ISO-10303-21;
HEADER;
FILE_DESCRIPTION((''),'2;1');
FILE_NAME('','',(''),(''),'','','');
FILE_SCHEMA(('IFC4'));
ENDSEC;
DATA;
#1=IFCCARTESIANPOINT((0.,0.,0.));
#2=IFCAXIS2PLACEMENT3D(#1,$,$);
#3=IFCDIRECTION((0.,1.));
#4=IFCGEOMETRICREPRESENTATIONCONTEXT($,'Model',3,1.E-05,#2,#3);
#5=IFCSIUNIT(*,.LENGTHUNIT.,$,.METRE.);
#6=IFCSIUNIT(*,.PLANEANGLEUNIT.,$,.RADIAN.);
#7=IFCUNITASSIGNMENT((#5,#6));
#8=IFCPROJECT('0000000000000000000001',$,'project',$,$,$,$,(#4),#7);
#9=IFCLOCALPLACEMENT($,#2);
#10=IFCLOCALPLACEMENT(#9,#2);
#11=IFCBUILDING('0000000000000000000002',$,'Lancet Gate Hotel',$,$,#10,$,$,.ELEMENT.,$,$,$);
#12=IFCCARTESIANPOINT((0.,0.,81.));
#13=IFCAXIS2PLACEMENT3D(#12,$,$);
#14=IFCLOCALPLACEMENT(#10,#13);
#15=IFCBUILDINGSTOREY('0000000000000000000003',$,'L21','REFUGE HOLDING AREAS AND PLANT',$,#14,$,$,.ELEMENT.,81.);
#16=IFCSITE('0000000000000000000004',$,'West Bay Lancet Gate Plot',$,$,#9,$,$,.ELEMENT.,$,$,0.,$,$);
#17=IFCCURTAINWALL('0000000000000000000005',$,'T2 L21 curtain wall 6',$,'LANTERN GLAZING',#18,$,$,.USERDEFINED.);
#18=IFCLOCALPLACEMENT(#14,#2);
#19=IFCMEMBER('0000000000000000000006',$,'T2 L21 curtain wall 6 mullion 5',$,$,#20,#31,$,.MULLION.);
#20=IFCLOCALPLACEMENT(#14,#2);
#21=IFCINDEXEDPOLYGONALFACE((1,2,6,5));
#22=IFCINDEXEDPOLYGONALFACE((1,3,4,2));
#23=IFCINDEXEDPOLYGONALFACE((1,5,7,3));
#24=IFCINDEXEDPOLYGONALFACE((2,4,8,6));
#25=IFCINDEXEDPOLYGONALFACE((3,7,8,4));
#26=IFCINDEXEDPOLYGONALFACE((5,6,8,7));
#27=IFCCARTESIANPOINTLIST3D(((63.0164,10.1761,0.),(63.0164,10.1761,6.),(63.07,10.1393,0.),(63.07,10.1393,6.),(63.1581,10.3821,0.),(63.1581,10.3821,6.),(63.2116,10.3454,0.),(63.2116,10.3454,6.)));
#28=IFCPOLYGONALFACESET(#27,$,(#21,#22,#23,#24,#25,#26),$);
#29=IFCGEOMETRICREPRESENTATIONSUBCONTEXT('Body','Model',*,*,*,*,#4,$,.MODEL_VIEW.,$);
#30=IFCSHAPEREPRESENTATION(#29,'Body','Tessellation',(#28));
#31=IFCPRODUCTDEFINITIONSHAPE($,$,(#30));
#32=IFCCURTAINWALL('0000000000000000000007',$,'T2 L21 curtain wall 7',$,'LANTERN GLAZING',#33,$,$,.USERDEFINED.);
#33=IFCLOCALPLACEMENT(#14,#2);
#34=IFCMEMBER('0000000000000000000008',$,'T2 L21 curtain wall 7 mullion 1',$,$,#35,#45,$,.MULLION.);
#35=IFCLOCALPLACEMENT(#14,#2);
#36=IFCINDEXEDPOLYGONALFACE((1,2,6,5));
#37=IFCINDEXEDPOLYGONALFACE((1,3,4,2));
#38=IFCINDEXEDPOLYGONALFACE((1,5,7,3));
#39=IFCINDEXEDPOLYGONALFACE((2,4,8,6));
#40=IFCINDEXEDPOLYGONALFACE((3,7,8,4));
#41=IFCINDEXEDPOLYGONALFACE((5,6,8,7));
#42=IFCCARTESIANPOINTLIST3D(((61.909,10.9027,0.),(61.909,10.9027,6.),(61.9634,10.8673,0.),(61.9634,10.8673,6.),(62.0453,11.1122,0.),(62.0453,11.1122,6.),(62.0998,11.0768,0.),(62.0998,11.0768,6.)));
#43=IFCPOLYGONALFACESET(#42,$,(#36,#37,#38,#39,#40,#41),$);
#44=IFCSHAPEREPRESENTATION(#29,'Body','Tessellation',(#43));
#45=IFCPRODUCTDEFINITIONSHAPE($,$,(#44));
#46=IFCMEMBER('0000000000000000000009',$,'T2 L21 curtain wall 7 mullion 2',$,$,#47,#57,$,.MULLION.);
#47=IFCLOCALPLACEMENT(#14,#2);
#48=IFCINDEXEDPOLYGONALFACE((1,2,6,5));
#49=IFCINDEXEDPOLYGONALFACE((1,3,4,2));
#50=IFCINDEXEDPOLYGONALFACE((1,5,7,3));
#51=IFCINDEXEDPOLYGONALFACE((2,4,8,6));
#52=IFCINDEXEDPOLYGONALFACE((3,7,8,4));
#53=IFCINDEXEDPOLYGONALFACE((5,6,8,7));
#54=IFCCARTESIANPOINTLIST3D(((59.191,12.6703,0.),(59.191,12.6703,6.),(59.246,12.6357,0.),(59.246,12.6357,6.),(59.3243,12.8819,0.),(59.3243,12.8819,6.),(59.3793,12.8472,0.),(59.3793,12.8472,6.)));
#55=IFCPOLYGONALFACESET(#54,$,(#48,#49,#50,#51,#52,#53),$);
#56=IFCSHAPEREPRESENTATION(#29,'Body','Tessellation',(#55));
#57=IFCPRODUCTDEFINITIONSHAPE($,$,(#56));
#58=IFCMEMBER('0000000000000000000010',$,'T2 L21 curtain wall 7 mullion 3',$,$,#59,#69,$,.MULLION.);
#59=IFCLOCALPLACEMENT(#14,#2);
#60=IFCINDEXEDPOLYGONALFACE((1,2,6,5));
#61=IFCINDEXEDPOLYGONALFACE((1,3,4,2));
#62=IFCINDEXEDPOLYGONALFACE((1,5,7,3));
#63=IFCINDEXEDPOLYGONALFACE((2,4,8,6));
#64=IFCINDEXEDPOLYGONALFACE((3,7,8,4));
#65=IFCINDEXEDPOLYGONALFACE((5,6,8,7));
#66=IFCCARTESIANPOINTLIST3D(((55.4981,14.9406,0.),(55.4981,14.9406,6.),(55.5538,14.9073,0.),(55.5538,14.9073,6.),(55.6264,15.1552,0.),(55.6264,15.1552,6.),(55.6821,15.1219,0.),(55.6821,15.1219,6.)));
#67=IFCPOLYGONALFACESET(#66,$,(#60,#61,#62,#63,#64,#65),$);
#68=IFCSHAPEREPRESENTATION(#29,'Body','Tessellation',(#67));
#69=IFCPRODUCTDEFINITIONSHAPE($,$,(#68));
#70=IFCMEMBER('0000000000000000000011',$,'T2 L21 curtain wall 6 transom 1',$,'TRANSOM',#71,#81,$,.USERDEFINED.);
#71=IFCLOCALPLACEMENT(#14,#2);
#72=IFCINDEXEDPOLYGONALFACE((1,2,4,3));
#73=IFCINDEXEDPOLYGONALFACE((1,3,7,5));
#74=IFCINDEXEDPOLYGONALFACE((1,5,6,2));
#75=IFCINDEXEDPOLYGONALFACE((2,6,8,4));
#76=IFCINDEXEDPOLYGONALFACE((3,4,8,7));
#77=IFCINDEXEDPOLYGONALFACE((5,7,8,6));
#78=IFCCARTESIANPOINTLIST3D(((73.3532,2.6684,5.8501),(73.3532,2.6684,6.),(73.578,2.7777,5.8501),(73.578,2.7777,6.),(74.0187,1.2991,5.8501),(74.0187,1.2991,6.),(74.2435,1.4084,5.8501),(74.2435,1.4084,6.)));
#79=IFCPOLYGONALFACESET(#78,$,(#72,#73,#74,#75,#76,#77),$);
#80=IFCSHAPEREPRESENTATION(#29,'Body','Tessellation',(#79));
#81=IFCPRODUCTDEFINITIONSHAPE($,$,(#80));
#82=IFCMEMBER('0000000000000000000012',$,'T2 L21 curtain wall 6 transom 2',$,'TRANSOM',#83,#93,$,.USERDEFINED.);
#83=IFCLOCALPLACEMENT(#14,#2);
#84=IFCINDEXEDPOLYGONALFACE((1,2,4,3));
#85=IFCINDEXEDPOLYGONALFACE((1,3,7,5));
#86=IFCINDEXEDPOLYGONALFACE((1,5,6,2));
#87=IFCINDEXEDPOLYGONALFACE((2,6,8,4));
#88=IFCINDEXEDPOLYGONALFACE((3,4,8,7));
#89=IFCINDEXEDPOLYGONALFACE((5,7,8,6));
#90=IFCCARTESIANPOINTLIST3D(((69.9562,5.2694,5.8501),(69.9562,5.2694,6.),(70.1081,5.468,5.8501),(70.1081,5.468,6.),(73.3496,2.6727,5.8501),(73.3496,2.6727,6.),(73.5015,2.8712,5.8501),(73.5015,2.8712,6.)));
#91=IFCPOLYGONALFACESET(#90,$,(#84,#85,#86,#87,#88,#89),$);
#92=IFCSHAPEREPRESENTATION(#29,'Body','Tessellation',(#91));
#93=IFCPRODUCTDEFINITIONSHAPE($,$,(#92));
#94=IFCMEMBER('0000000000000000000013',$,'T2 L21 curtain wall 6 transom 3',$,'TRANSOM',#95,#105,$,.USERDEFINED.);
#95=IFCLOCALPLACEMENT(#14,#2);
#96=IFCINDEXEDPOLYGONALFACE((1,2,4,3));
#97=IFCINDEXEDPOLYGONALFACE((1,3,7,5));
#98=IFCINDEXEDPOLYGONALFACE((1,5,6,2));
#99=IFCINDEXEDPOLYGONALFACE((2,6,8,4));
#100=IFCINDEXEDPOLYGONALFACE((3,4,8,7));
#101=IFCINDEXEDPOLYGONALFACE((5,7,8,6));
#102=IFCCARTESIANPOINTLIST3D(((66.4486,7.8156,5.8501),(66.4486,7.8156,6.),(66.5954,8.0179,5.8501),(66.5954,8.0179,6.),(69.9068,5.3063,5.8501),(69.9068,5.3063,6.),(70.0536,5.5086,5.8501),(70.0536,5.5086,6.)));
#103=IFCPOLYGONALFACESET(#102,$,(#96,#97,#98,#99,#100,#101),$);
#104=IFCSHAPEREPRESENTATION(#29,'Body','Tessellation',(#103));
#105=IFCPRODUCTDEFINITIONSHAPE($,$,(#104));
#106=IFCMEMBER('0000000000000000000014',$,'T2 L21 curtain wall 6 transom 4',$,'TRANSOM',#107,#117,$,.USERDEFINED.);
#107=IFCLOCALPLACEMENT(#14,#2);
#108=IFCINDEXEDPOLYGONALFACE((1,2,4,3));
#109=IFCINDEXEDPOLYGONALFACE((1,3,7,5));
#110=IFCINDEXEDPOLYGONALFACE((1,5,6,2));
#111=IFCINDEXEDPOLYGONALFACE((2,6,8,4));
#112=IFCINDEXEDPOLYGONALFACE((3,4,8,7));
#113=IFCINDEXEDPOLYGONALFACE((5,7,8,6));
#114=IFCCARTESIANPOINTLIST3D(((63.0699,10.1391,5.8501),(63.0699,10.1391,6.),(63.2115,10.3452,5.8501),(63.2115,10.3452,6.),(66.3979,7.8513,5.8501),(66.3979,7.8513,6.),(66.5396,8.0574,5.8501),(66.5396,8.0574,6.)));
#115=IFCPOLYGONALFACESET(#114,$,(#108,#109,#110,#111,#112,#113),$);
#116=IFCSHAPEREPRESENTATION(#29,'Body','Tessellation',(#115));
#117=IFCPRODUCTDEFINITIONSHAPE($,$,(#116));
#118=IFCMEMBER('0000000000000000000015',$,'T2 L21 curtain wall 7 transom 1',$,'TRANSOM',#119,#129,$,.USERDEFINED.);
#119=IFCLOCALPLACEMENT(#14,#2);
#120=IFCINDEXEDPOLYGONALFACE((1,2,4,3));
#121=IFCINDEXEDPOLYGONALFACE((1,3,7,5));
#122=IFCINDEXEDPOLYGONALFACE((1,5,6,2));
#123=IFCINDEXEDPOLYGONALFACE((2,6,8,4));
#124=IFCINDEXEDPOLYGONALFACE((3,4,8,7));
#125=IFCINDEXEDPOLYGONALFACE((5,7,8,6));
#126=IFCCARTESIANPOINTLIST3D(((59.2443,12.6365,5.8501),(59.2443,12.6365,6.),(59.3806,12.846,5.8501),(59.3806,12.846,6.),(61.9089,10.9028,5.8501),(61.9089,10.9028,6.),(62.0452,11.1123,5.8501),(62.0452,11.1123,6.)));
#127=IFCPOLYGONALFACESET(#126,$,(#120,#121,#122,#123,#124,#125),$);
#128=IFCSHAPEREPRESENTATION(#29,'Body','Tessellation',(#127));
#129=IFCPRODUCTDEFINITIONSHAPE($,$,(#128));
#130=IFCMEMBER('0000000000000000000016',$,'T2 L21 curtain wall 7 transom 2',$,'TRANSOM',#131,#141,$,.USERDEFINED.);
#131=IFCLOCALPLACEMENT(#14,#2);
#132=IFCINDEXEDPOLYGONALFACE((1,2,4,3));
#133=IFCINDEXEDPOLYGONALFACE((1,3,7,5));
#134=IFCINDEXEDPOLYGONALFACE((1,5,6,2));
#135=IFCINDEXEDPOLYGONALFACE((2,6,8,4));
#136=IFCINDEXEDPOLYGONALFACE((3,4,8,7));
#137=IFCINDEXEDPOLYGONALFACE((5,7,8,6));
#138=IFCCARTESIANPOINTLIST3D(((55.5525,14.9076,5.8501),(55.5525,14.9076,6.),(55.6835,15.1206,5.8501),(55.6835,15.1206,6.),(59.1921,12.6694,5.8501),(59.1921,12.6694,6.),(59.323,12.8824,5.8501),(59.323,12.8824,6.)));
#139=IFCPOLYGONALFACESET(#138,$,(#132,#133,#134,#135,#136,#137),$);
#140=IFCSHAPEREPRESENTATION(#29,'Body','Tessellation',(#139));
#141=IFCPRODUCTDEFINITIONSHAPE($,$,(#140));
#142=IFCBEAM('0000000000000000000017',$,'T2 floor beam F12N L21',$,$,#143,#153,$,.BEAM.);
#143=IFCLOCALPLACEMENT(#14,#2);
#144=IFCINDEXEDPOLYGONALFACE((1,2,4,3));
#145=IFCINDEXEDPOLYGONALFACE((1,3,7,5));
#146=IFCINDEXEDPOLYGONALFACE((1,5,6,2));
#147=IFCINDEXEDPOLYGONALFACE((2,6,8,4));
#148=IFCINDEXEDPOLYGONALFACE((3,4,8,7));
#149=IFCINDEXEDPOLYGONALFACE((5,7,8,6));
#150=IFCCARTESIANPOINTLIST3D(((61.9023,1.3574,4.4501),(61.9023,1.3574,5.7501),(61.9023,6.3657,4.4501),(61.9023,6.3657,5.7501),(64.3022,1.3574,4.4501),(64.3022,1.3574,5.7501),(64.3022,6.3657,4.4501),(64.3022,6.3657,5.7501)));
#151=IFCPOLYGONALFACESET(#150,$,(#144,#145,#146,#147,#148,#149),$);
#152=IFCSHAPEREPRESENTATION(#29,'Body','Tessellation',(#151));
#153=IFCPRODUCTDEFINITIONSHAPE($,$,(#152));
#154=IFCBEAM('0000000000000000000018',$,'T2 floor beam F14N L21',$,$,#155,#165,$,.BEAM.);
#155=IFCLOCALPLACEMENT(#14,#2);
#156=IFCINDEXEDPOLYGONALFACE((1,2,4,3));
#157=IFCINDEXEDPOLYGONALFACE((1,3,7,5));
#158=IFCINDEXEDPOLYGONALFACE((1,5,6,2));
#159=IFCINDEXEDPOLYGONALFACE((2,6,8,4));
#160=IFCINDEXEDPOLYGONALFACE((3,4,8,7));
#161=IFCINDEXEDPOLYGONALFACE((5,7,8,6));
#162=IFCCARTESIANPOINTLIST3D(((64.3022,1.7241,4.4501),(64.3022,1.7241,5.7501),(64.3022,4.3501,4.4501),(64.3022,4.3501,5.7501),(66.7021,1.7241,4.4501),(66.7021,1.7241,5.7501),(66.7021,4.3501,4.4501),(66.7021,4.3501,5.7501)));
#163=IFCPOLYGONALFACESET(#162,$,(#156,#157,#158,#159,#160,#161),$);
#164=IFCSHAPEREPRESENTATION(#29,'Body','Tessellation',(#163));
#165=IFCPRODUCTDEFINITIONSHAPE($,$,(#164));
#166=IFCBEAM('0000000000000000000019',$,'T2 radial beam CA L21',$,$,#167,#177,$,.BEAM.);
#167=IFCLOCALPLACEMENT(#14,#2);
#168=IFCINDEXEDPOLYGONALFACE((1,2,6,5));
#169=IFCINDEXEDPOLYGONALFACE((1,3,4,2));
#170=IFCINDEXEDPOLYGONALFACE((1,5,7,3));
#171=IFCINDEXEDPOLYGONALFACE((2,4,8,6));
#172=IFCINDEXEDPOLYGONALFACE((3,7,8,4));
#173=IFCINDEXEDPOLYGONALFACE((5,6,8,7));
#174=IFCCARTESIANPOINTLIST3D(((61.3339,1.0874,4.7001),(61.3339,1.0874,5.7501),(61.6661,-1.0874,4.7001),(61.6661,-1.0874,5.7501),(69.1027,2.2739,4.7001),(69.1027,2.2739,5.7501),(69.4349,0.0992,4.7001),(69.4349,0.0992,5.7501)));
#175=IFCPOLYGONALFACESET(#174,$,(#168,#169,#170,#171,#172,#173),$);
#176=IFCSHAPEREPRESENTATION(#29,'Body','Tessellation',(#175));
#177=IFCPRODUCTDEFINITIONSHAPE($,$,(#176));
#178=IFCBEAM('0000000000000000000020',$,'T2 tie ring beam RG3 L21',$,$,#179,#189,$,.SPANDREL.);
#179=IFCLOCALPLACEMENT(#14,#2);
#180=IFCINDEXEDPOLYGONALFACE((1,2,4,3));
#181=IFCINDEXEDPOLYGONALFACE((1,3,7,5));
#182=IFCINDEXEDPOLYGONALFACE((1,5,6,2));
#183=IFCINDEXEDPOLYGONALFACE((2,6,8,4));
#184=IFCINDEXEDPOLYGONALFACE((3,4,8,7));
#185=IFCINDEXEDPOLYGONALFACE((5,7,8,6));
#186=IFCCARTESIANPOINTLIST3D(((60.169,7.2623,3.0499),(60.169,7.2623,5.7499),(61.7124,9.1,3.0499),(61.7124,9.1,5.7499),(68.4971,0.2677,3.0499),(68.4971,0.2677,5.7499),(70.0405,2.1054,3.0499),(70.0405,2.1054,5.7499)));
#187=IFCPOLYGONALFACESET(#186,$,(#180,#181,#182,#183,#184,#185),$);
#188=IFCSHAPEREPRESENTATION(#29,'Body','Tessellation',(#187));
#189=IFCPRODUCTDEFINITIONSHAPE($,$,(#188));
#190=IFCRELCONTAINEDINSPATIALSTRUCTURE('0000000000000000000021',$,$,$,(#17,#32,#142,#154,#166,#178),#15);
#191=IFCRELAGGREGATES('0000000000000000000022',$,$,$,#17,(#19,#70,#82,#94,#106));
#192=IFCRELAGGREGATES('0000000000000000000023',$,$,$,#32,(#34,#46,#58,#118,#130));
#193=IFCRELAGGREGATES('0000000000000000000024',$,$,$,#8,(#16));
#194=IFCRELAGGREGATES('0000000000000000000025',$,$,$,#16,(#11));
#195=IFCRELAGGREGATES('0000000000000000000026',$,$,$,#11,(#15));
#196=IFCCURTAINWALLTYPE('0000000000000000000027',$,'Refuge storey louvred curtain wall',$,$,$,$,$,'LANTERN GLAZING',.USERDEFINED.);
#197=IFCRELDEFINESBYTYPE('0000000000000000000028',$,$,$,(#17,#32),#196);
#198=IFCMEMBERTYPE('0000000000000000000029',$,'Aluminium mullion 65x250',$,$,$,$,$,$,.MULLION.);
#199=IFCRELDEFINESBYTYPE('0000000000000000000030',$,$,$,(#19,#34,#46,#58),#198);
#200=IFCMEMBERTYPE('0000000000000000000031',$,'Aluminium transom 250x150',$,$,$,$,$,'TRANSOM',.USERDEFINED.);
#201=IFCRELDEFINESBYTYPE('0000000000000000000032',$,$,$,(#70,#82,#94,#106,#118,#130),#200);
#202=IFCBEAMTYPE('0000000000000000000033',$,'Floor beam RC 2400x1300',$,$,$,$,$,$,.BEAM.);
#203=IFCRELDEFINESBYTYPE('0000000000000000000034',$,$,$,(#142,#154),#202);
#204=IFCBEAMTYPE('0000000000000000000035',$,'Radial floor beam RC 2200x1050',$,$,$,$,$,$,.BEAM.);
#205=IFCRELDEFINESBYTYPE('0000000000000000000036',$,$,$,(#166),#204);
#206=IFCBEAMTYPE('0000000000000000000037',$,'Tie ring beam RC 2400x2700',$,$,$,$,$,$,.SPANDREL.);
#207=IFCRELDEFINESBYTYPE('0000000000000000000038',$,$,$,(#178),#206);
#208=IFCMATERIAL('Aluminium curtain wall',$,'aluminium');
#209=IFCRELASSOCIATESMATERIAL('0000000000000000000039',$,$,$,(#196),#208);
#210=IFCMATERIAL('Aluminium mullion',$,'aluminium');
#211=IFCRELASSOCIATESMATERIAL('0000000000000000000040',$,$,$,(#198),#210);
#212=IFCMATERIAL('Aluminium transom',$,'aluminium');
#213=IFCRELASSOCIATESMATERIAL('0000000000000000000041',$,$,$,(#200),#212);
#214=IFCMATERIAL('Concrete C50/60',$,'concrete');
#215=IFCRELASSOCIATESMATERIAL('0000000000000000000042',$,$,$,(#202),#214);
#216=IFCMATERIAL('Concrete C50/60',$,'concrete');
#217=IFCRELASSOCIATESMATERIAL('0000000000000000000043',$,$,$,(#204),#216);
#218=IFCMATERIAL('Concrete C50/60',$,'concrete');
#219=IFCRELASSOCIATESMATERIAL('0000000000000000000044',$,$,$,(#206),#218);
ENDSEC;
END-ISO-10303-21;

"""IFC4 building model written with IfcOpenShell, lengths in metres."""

from ifc_helpers import new_model, si_unit, direction, frame, origin, origin_2d, place, context, subcontext, project, spatial, rectangle, extrude, material, material_profile, profile_set, type_object, element, aggregate, save


model = new_model("IFC4")

# Units and contexts
model_context = context("Model", 3, precision=1e-05, world=origin(), true_north=direction((0.0, 1.0)))
body_context = subcontext(model_context, "Body", "Model", "MODEL_VIEW")
ifc_project = project(units=[si_unit("LENGTHUNIT", "METRE"), si_unit("PLANEANGLEUNIT", "RADIAN")], contexts=[model_context])

# Site, building, storey
site_placement = place(None, origin())
site = spatial("IfcSite", under=ifc_project, at=site_placement, Name="West Bay Lancet Gate Plot", CompositionType="ELEMENT", RefElevation=0.0)
building_placement = place(site_placement, origin())
building = spatial("IfcBuilding", under=site, at=building_placement, Name="Lancet Gate Hotel", CompositionType="ELEMENT")
storey_placement = place(building_placement, frame((0.0, 0.0, 81.0)))
storey = spatial("IfcBuildingStorey", under=building, at=storey_placement, Name="L21", Description="REFUGE HOLDING AREAS AND PLANT", CompositionType="ELEMENT", Elevation=81.0)

# Shared definitions
ifc_material_1 = material(Name="Aluminium curtain wall", Category="aluminium")
curtain_wall_type = type_object("IfcCurtainWallType", Name="Refuge storey louvred curtain wall", ElementType="LANTERN GLAZING", PredefinedType="USERDEFINED", material=ifc_material_1)
ifc_material_2 = material(Name="Aluminium mullion", Category="aluminium")
ifc_material_profile_1 = material_profile(ifc_material_2, rectangle(XDim=0.0649, YDim=0.25, at=origin_2d()), Name="MULLION 65x250")
ifc_profile_set_1 = profile_set([ifc_material_profile_1], Name="Aluminium mullion")
member_type_1 = type_object("IfcMemberType", Name="Aluminium mullion 65x250", PredefinedType="MULLION", material=ifc_profile_set_1)

# Curtain walls, members
curtain_wall_1_placement = place(storey_placement, origin())
curtain_wall_1 = element("IfcCurtainWall", 1, at=curtain_wall_1_placement, inside=storey, type_object=curtain_wall_type, Name="T2 L21 curtain wall 6", ObjectType="LANTERN GLAZING", PredefinedType="USERDEFINED")
member_1_placement = place(storey_placement, frame((63.114, 10.2607, 0.0), z_axis=(0.0, 0.0, 1.0), x_axis=(-0.824055, 0.566509, 0.0)))
member_1 = element("IfcMember", 2, at=member_1_placement, type_object=member_type_1, Name="T2 L21 curtain wall 6 mullion 5", PredefinedType="MULLION", context=body_context, shape_type="SweptSolid", body=[
    extrude(rectangle(XDim=0.0649, YDim=0.25, at=origin_2d()), origin(), (0.0, 0.0, 1.0), 6.0),
])
curtain_wall_2_placement = place(storey_placement, origin())
curtain_wall_2 = element("IfcCurtainWall", 3, at=curtain_wall_2_placement, inside=storey, type_object=curtain_wall_type, Name="T2 L21 curtain wall 7", ObjectType="LANTERN GLAZING", PredefinedType="USERDEFINED")
member_2_placement = place(storey_placement, frame((62.0044, 10.9897, 0.0), z_axis=(0.0, 0.0, 1.0), x_axis=(-0.838207, 0.545353, 0.0)))
member_2 = element("IfcMember", 4, at=member_2_placement, type_object=member_type_1, Name="T2 L21 curtain wall 7 mullion 1", PredefinedType="MULLION", context=body_context, shape_type="SweptSolid", body=[
    extrude(rectangle(XDim=0.0649, YDim=0.25, at=origin_2d()), origin(), (0.0, 0.0, 1.0), 6.0),
])
member_3_placement = place(storey_placement, frame((59.2852, 12.7588, 0.0), z_axis=(0.0, 0.0, 1.0), x_axis=(-0.84606, 0.533088, 0.0)))
member_3 = element("IfcMember", 5, at=member_3_placement, type_object=member_type_1, Name="T2 L21 curtain wall 7 mullion 2", PredefinedType="MULLION", context=body_context, shape_type="SweptSolid", body=[
    extrude(rectangle(XDim=0.0649, YDim=0.25, at=origin_2d()), origin(), (0.0, 0.0, 1.0), 6.0),
])
member_4_placement = place(storey_placement, frame((55.5901, 15.0312, 0.0), z_axis=(0.0, 0.0, 1.0), x_axis=(-0.858198, 0.513318, 0.0)))
member_4 = element("IfcMember", 6, at=member_4_placement, type_object=member_type_1, Name="T2 L21 curtain wall 7 mullion 3", PredefinedType="MULLION", context=body_context, shape_type="SweptSolid", body=[
    extrude(rectangle(XDim=0.0649, YDim=0.25, at=origin_2d()), origin(), (0.0, 0.0, 1.0), 6.0),
])

# Members
ifc_material_3 = material(Name="Aluminium transom", Category="aluminium")
ifc_material_profile_2 = material_profile(ifc_material_3, rectangle(XDim=0.25, YDim=0.1499, at=origin_2d()), Name="TRANSOM 250x150")
ifc_profile_set_2 = profile_set([ifc_material_profile_2], Name="Aluminium transom")
member_type_2 = type_object("IfcMemberType", Name="Aluminium transom 250x150", ElementType="TRANSOM", PredefinedType="USERDEFINED", material=ifc_profile_set_2)
member_5_placement = place(storey_placement, frame((74.1311, 1.3538, 5.925), z_axis=(-0.437115, 0.899406, 0.0), x_axis=(-0.899406, -0.437115, 0.0)))
member_5 = element("IfcMember", 7, at=member_5_placement, type_object=member_type_2, Name="T2 L21 curtain wall 6 transom 1", ObjectType="TRANSOM", PredefinedType="USERDEFINED", context=body_context, shape_type="SweptSolid", body=[
    extrude(rectangle(XDim=0.25, YDim=0.1499, at=origin_2d()), origin(), (0.0, 0.0, 1.0), 1.5225),
])
member_6_placement = place(storey_placement, frame((73.4255, 2.772, 5.925), z_axis=(-0.794155, 0.607715, 0.0), x_axis=(-0.607715, -0.794155, 0.0)))
member_6 = element("IfcMember", 8, at=member_6_placement, type_object=member_type_2, Name="T2 L21 curtain wall 6 transom 2", ObjectType="TRANSOM", PredefinedType="USERDEFINED", context=body_context, shape_type="SweptSolid", body=[
    extrude(rectangle(XDim=0.25, YDim=0.1499, at=origin_2d()), origin(), (0.0, 0.0, 1.0), 4.2729),
])
member_7_placement = place(storey_placement, frame((69.9802, 5.4075, 5.925), z_axis=(-0.809383, 0.587281, 0.0), x_axis=(-0.587281, -0.809383, 0.0)))
member_7 = element("IfcMember", 9, at=member_7_placement, type_object=member_type_2, Name="T2 L21 curtain wall 6 transom 3", ObjectType="TRANSOM", PredefinedType="USERDEFINED", context=body_context, shape_type="SweptSolid", body=[
    extrude(rectangle(XDim=0.25, YDim=0.1499, at=origin_2d()), origin(), (0.0, 0.0, 1.0), 4.2727),
])
member_8_placement = place(storey_placement, frame((66.4688, 7.9543, 5.925), z_axis=(-0.82407, 0.566488, 0.0), x_axis=(-0.566488, -0.82407, 0.0)))
member_8 = element("IfcMember", 10, at=member_8_placement, type_object=member_type_2, Name="T2 L21 curtain wall 6 transom 4", ObjectType="TRANSOM", PredefinedType="USERDEFINED", context=body_context, shape_type="SweptSolid", body=[
    extrude(rectangle(XDim=0.25, YDim=0.1499, at=origin_2d()), origin(), (0.0, 0.0, 1.0), 4.0386),
])
member_9_placement = place(storey_placement, frame((61.9771, 11.0076, 5.925), z_axis=(-0.838201, 0.545361, 0.0), x_axis=(-0.545361, -0.838201, 0.0)))
member_9 = element("IfcMember", 11, at=member_9_placement, type_object=member_type_2, Name="T2 L21 curtain wall 7 transom 1", ObjectType="TRANSOM", PredefinedType="USERDEFINED", context=body_context, shape_type="SweptSolid", body=[
    extrude(rectangle(XDim=0.25, YDim=0.1499, at=origin_2d()), origin(), (0.0, 0.0, 1.0), 3.179),
])
member_10_placement = place(storey_placement, frame((59.2576, 12.7759, 5.925), z_axis=(-0.851815, 0.523842, 0.0), x_axis=(-0.523842, -0.851815, 0.0)))
member_10 = element("IfcMember", 12, at=member_10_placement, type_object=member_type_2, Name="T2 L21 curtain wall 7 transom 2", ObjectType="TRANSOM", PredefinedType="USERDEFINED", context=body_context, shape_type="SweptSolid", body=[
    extrude(rectangle(XDim=0.25, YDim=0.1499, at=origin_2d()), origin(), (0.0, 0.0, 1.0), 4.2727),
])

# Beams
ifc_material_4 = material(Name="Concrete C50/60", Category="concrete")
ifc_material_profile_3 = material_profile(ifc_material_4, rectangle(XDim=2.3999, YDim=1.3, at=origin_2d()), Name="RC 2400x1300")
ifc_profile_set_3 = profile_set([ifc_material_profile_3], Name="Concrete C50/60")
beam_type_1 = type_object("IfcBeamType", Name="Floor beam RC 2400x1300", PredefinedType="BEAM", material=ifc_profile_set_3)
beam_1_placement = place(storey_placement, frame((63.1023, 1.3574, 5.1001), z_axis=(0.0, 1.0, 0.0), x_axis=(-1.0, 0.0, 0.0)))
element("IfcBeam", 13, at=beam_1_placement, inside=storey, type_object=beam_type_1, Name="T2 floor beam F12N L21", PredefinedType="BEAM", context=body_context, shape_type="SweptSolid", body=[
    extrude(rectangle(XDim=2.3999, YDim=1.3, at=origin_2d()), origin(), (0.0, 0.0, 1.0), 5.0083),
])
beam_2_placement = place(storey_placement, frame((65.5022, 1.7241, 5.1001), z_axis=(0.0, 1.0, 0.0), x_axis=(-1.0, 0.0, 0.0)))
element("IfcBeam", 14, at=beam_2_placement, inside=storey, type_object=beam_type_1, Name="T2 floor beam F14N L21", PredefinedType="BEAM", context=body_context, shape_type="SweptSolid", body=[
    extrude(rectangle(XDim=2.3999, YDim=1.3, at=origin_2d()), origin(), (0.0, 0.0, 1.0), 2.626),
])
ifc_material_5 = material(Name="Concrete C50/60", Category="concrete")
ifc_material_profile_4 = material_profile(ifc_material_5, rectangle(XDim=2.2, YDim=1.05, at=origin_2d()), Name="RC 2200x1050")
ifc_profile_set_4 = profile_set([ifc_material_profile_4], Name="Concrete C50/60")
beam_type_2 = type_object("IfcBeamType", Name="Radial floor beam RC 2200x1050", PredefinedType="BEAM", material=ifc_profile_set_4)
beam_3_placement = place(storey_placement, frame((69.2688, 1.1865, 5.2251), z_axis=(-0.988537, -0.150979, 0.0), x_axis=(0.150979, -0.988537, 0.0)))
element("IfcBeam", 15, at=beam_3_placement, inside=storey, type_object=beam_type_2, Name="T2 radial beam CA L21", PredefinedType="BEAM", context=body_context, shape_type="SweptSolid", body=[
    extrude(rectangle(XDim=2.2, YDim=1.05, at=origin_2d()), origin(), (0.0, 0.0, 1.0), 7.8589),
])
ifc_material_6 = material(Name="Concrete C50/60", Category="concrete")
ifc_material_profile_5 = material_profile(ifc_material_6, rectangle(XDim=2.3999, YDim=2.7, at=origin_2d()), Name="RC 2400x2700")
ifc_profile_set_5 = profile_set([ifc_material_profile_5], Name="Concrete C50/60")
beam_type_3 = type_object("IfcBeamType", Name="Tie ring beam RC 2400x2700", PredefinedType="SPANDREL", material=ifc_profile_set_5)
beam_4_placement = place(storey_placement, frame((69.2688, 1.1865, 4.3999), z_axis=(-0.76575, 0.643138, 0.0), x_axis=(-0.643138, -0.76575, 0.0)))
element("IfcBeam", 16, at=beam_4_placement, inside=storey, type_object=beam_type_3, Name="T2 tie ring beam RG3 L21", PredefinedType="SPANDREL", context=body_context, shape_type="SweptSolid", body=[
    extrude(rectangle(XDim=2.3999, YDim=2.7, at=origin_2d()), origin(), (0.0, 0.0, 1.0), 10.8757),
])

aggregate(curtain_wall_1, [member_1, member_5, member_6, member_7, member_8])
aggregate(curtain_wall_2, [member_2, member_3, member_4, member_9, member_10])

save(model, "model.ifc")
